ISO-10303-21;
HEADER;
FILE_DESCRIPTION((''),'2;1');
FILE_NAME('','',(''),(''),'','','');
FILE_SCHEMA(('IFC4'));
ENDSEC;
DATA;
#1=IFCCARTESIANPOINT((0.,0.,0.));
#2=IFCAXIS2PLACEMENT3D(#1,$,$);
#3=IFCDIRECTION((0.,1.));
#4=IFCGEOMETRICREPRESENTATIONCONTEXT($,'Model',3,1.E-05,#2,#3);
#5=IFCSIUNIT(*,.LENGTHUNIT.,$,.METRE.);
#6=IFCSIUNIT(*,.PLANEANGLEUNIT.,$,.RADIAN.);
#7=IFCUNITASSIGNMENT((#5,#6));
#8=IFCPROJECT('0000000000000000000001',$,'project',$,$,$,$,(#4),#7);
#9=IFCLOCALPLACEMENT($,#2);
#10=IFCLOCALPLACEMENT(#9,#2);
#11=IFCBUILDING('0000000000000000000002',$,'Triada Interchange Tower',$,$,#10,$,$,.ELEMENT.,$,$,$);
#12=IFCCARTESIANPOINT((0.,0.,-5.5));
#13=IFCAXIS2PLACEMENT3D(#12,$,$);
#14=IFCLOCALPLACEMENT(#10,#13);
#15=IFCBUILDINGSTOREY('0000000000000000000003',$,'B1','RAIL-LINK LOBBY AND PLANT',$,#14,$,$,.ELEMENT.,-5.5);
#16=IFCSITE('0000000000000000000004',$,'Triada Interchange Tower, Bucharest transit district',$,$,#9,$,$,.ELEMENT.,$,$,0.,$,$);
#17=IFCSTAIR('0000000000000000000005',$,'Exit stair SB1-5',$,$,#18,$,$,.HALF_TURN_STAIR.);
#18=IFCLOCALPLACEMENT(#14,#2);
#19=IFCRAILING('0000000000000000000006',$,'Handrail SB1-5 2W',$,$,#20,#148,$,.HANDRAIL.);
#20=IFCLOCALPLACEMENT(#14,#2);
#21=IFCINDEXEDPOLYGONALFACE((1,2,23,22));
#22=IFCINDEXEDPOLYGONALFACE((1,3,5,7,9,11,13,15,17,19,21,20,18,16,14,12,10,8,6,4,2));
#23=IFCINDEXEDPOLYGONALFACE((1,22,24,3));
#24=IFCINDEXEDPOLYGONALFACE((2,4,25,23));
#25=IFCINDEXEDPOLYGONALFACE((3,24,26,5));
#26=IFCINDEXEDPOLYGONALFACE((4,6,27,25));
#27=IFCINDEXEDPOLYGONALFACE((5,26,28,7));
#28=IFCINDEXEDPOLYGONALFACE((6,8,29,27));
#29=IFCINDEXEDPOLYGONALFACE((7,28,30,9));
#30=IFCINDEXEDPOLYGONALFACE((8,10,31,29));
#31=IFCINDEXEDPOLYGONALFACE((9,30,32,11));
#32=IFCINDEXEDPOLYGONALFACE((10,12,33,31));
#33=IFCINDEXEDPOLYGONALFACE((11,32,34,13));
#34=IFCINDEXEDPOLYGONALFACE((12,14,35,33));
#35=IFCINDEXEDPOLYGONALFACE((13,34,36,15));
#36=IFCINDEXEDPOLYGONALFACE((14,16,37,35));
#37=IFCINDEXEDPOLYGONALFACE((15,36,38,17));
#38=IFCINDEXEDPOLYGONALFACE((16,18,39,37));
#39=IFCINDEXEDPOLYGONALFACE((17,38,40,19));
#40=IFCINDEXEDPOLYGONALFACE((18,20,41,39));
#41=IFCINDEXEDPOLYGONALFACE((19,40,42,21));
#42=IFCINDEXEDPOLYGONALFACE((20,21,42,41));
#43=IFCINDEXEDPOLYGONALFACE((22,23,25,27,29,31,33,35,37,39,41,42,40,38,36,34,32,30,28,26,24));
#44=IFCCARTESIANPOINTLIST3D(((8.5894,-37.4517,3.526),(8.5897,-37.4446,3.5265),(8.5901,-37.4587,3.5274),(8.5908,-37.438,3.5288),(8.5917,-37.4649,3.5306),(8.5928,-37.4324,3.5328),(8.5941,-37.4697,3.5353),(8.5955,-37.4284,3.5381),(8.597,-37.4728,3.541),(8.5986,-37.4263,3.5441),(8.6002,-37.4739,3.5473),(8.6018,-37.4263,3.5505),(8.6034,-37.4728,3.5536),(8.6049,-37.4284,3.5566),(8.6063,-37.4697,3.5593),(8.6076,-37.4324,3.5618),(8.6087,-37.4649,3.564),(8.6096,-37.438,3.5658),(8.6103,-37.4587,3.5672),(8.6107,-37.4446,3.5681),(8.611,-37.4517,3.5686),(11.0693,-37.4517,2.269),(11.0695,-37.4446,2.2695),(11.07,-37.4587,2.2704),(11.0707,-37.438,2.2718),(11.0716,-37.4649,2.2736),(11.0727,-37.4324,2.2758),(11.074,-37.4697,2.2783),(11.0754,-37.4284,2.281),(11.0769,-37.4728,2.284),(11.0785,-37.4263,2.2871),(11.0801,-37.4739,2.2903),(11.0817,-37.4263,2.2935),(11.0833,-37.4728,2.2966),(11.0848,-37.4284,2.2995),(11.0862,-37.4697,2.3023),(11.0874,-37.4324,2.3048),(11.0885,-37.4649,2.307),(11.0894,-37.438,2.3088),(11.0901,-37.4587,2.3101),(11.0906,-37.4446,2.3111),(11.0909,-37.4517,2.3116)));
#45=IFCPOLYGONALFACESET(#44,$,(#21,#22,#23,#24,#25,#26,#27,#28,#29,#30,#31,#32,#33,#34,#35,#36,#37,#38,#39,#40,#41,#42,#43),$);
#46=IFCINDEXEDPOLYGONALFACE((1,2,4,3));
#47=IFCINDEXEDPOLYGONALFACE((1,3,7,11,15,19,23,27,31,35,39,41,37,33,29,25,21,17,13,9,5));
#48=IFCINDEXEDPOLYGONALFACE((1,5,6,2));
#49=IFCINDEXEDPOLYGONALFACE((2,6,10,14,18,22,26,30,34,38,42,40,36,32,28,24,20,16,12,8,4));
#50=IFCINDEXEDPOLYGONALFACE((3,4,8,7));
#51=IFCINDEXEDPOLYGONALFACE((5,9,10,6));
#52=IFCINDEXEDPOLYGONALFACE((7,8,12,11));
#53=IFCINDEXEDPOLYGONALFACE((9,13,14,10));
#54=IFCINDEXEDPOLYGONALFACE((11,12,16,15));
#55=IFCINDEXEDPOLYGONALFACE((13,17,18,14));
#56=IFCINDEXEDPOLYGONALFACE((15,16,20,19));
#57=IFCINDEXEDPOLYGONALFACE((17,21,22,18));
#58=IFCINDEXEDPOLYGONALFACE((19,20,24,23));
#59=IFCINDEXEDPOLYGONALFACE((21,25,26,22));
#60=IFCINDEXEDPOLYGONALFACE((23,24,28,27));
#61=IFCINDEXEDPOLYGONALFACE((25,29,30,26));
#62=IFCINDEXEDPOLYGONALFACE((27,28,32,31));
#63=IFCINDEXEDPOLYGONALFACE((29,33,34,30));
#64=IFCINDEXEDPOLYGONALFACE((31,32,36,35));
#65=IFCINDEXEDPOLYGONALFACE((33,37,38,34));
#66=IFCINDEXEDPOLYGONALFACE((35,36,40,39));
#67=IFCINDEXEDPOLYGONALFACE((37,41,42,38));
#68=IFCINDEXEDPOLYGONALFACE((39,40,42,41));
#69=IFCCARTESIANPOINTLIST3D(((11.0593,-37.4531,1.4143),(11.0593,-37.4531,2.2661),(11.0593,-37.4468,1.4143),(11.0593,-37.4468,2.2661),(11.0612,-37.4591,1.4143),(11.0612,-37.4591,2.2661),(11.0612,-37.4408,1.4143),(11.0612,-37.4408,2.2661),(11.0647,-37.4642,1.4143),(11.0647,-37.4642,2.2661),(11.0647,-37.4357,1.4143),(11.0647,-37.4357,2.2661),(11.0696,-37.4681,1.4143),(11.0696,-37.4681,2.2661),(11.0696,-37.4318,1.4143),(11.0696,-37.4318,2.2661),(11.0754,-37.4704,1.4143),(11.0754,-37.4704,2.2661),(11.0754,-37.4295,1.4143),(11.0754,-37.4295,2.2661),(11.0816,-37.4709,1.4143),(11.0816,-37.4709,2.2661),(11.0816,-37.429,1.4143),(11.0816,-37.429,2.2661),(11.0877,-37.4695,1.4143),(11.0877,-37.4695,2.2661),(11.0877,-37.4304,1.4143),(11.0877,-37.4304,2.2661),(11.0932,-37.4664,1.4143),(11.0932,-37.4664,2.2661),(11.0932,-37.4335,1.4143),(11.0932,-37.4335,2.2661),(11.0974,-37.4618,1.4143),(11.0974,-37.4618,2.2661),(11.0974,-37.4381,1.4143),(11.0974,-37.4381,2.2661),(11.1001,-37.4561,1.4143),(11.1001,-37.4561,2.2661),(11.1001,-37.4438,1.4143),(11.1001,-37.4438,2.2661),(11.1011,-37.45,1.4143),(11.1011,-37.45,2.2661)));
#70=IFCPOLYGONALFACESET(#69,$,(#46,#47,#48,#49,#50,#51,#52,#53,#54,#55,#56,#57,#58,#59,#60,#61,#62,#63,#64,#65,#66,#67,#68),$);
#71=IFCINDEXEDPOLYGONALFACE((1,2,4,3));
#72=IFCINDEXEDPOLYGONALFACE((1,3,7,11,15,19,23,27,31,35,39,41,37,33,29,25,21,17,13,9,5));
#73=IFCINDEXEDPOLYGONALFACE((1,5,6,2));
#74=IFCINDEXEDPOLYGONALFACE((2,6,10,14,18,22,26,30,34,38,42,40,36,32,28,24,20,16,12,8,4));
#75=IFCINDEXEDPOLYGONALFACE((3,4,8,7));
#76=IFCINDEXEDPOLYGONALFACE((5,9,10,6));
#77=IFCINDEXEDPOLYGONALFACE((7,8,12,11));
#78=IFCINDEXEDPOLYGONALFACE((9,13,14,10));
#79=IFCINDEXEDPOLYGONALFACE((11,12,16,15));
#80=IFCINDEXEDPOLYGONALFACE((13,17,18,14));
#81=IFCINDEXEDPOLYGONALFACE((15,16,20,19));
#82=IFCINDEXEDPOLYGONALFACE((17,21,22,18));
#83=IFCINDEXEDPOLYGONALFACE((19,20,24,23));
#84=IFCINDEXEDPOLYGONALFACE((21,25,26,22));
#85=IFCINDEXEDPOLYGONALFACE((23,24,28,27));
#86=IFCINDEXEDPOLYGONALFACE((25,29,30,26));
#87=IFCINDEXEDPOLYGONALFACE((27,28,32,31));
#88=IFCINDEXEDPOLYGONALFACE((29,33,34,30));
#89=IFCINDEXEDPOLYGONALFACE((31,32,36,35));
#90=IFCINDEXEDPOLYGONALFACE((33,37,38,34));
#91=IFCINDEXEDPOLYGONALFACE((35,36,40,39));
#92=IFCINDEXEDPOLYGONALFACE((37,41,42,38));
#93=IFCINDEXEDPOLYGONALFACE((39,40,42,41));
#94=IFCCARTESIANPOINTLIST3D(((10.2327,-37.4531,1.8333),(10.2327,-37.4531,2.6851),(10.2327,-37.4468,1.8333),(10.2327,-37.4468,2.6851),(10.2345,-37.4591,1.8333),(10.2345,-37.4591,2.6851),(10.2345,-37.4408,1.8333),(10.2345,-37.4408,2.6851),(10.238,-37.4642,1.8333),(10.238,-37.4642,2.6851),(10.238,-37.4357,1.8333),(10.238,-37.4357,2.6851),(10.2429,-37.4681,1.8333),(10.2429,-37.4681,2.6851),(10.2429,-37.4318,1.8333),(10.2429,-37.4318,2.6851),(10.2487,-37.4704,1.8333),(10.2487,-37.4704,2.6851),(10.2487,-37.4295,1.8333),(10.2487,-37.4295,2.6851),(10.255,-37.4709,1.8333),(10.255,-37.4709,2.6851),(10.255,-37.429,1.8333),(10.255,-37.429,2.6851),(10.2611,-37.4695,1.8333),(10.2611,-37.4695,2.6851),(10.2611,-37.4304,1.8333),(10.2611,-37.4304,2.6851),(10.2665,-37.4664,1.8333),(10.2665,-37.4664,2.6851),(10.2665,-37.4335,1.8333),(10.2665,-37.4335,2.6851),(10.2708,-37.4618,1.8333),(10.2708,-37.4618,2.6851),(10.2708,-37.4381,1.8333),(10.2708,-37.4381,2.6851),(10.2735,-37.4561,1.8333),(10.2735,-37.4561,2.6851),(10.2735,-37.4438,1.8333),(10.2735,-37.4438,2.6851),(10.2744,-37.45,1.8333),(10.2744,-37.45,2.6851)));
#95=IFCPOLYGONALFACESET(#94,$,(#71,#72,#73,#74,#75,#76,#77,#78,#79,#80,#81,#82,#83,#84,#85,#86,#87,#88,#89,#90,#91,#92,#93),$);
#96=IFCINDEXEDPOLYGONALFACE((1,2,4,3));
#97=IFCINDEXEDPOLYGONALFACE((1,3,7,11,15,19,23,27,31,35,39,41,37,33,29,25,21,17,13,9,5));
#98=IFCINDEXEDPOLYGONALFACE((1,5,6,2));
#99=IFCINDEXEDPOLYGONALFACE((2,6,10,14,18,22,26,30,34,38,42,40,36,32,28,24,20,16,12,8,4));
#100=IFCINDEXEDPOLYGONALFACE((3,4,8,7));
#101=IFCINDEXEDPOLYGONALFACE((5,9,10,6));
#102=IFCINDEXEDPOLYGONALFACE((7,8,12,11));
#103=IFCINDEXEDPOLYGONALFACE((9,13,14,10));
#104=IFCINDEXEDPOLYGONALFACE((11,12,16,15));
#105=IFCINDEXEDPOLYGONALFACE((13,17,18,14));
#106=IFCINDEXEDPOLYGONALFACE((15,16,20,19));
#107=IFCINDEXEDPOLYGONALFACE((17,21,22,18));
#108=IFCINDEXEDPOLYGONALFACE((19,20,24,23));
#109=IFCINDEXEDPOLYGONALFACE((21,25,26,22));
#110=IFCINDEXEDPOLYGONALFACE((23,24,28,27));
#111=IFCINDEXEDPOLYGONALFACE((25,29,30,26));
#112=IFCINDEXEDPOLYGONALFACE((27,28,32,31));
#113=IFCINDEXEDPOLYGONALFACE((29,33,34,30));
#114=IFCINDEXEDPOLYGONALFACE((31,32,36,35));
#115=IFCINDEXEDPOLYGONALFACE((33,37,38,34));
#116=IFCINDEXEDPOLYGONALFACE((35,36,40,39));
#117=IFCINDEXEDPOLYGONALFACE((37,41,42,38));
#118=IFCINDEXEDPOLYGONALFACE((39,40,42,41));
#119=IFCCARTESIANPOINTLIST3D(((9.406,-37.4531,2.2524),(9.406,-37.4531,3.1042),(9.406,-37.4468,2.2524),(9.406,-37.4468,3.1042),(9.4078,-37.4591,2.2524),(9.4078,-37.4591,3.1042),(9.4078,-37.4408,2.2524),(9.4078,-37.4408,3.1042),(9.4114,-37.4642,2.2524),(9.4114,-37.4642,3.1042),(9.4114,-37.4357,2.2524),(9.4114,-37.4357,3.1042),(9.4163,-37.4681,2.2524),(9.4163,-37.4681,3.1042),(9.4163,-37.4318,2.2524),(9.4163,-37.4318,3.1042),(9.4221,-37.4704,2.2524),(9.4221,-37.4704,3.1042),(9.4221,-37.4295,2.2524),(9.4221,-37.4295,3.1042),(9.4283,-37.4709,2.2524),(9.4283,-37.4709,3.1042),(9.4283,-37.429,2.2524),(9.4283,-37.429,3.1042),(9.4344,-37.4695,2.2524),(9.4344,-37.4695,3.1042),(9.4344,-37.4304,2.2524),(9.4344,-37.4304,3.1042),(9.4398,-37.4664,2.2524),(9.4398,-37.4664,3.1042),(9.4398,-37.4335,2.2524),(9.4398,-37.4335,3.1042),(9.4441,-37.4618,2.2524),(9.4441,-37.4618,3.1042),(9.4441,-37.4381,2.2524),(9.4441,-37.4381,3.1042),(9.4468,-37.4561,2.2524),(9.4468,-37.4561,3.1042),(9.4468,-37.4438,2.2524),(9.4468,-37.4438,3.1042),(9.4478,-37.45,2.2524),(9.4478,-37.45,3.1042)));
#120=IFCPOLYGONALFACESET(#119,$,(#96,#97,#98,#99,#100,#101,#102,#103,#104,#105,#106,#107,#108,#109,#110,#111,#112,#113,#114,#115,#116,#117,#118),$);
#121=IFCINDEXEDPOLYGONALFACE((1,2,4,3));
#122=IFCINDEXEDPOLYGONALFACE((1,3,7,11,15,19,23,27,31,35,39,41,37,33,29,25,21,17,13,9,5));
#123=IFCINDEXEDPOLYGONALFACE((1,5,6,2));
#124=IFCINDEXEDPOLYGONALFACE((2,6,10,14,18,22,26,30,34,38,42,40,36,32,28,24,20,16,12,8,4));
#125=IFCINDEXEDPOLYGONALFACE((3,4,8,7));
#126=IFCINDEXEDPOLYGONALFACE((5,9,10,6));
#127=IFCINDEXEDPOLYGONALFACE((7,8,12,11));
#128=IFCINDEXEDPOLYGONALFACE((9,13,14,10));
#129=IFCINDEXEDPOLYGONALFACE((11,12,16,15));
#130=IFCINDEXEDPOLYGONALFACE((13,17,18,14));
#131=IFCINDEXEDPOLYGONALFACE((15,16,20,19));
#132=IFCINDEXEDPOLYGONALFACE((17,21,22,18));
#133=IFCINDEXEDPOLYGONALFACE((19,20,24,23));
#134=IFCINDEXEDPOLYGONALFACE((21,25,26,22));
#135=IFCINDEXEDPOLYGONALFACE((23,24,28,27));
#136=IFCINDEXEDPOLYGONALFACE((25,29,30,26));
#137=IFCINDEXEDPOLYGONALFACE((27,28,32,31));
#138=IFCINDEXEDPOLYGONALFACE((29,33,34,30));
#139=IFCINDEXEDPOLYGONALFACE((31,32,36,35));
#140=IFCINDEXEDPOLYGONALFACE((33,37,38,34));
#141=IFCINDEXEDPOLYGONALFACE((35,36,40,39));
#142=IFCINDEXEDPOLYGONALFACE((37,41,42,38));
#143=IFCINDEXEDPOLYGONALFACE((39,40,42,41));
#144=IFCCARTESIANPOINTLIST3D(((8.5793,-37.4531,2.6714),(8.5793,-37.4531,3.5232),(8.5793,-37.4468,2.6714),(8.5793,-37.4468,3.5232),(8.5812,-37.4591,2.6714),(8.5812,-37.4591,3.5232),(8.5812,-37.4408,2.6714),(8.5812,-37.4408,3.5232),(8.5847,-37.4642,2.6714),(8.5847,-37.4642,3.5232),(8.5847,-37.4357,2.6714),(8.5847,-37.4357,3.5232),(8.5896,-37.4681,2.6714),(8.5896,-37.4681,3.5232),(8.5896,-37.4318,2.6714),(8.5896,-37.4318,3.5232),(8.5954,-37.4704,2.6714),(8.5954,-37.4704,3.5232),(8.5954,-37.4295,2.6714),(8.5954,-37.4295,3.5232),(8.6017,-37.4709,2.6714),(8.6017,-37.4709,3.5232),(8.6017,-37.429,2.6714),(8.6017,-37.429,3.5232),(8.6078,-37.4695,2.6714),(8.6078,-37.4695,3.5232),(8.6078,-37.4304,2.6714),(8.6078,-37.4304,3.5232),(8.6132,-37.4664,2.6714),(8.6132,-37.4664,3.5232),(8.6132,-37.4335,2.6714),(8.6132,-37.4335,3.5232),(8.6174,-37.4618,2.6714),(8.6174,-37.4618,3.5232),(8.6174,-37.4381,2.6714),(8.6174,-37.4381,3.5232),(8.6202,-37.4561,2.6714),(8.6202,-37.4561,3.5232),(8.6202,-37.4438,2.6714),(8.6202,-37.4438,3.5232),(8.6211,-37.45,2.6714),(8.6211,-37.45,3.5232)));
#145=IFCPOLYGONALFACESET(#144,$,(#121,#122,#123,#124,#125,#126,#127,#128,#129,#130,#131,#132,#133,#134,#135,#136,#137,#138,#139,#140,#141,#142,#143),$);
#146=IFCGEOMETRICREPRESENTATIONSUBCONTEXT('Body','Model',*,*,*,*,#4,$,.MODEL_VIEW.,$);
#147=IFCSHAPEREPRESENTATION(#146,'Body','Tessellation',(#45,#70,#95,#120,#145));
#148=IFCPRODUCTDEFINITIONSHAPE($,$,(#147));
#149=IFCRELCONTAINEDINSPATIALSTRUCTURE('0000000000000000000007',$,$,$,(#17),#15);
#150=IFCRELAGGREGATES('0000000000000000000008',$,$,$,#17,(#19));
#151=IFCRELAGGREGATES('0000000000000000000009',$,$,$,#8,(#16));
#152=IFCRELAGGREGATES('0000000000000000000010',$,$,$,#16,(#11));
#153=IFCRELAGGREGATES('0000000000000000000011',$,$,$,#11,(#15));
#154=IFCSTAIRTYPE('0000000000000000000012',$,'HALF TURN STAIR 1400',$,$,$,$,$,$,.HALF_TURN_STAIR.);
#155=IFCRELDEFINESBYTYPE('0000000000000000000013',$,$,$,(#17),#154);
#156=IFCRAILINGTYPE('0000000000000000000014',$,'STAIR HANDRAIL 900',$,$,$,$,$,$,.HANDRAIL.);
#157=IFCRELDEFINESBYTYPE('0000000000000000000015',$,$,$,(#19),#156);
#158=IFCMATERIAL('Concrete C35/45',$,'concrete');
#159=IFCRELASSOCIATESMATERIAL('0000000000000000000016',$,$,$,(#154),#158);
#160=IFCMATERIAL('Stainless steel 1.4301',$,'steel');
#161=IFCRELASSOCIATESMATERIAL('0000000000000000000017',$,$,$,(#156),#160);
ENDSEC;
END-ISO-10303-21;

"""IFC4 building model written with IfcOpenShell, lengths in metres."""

from ifc_helpers import new_model, si_unit, direction, frame, origin, origin_2d, place, context, subcontext, project, spatial, circle, extrude, material, type_object, element, aggregate, save


model = new_model("IFC4")

# Units and contexts
model_context = context("Model", 3, precision=1e-05, world=origin(), true_north=direction((0.0, 1.0)))
body_context = subcontext(model_context, "Body", "Model", "MODEL_VIEW")
ifc_project = project(units=[si_unit("LENGTHUNIT", "METRE"), si_unit("PLANEANGLEUNIT", "RADIAN")], contexts=[model_context])

# Site, building, storey
site_placement = place(None, origin())
site = spatial("IfcSite", under=ifc_project, at=site_placement, Name="Triada Interchange Tower, Bucharest transit district", CompositionType="ELEMENT", RefElevation=0.0)
building_placement = place(site_placement, origin())
building = spatial("IfcBuilding", under=site, at=building_placement, Name="Triada Interchange Tower", CompositionType="ELEMENT")
storey_placement = place(building_placement, frame((0.0, 0.0, -5.5)))
storey = spatial("IfcBuildingStorey", under=building, at=storey_placement, Name="B1", Description="RAIL-LINK LOBBY AND PLANT", CompositionType="ELEMENT", Elevation=-5.5)

# Shared definitions
ifc_material_1 = material(Name="Concrete C35/45", Category="concrete")

# Stair, railing
stair_type = type_object("IfcStairType", Name="HALF TURN STAIR 1400", PredefinedType="HALF_TURN_STAIR", material=ifc_material_1)
stair_placement = place(storey_placement, origin())
stair = element("IfcStair", 1, at=stair_placement, inside=storey, type_object=stair_type, Name="Exit stair SB1-5", PredefinedType="HALF_TURN_STAIR")
ifc_material_2 = material(Name="Stainless steel 1.4301", Category="steel")
railing_type = type_object("IfcRailingType", Name="STAIR HANDRAIL 900", PredefinedType="HANDRAIL", material=ifc_material_2)
railing_1_placement = place(storey_placement, frame((11.0801, -37.45, 1.4143)))
railing_1 = element("IfcRailing", 2, at=railing_1_placement, type_object=railing_type, Name="Handrail SB1-5 2W", PredefinedType="HANDRAIL", context=body_context, shape_type="SweptSolid", body=[
    extrude(circle(Radius=0.0239, at=origin_2d()), frame((0.0, 0.0, 0.876), z_axis=(-0.891955, 0.0, 0.452124), x_axis=(0.0, -1.0, 0.0)), (0.0, 0.0, 1.0), 2.7803),
    extrude(circle(Radius=0.021, at=origin_2d()), origin(), (0.0, 0.0, 1.0), 0.8518),
    extrude(circle(Radius=0.021, at=origin_2d()), frame((-0.8267, 0.0, 0.4189)), (0.0, 0.0, 1.0), 0.8518),
    extrude(circle(Radius=0.021, at=origin_2d()), frame((-1.6533, 0.0, 0.8381)), (0.0, 0.0, 1.0), 0.8518),
    extrude(circle(Radius=0.021, at=origin_2d()), frame((-2.48, 0.0, 1.2571)), (0.0, 0.0, 1.0), 0.8518),
])
aggregate(stair, [railing_1])

save(model, "model.ifc")
